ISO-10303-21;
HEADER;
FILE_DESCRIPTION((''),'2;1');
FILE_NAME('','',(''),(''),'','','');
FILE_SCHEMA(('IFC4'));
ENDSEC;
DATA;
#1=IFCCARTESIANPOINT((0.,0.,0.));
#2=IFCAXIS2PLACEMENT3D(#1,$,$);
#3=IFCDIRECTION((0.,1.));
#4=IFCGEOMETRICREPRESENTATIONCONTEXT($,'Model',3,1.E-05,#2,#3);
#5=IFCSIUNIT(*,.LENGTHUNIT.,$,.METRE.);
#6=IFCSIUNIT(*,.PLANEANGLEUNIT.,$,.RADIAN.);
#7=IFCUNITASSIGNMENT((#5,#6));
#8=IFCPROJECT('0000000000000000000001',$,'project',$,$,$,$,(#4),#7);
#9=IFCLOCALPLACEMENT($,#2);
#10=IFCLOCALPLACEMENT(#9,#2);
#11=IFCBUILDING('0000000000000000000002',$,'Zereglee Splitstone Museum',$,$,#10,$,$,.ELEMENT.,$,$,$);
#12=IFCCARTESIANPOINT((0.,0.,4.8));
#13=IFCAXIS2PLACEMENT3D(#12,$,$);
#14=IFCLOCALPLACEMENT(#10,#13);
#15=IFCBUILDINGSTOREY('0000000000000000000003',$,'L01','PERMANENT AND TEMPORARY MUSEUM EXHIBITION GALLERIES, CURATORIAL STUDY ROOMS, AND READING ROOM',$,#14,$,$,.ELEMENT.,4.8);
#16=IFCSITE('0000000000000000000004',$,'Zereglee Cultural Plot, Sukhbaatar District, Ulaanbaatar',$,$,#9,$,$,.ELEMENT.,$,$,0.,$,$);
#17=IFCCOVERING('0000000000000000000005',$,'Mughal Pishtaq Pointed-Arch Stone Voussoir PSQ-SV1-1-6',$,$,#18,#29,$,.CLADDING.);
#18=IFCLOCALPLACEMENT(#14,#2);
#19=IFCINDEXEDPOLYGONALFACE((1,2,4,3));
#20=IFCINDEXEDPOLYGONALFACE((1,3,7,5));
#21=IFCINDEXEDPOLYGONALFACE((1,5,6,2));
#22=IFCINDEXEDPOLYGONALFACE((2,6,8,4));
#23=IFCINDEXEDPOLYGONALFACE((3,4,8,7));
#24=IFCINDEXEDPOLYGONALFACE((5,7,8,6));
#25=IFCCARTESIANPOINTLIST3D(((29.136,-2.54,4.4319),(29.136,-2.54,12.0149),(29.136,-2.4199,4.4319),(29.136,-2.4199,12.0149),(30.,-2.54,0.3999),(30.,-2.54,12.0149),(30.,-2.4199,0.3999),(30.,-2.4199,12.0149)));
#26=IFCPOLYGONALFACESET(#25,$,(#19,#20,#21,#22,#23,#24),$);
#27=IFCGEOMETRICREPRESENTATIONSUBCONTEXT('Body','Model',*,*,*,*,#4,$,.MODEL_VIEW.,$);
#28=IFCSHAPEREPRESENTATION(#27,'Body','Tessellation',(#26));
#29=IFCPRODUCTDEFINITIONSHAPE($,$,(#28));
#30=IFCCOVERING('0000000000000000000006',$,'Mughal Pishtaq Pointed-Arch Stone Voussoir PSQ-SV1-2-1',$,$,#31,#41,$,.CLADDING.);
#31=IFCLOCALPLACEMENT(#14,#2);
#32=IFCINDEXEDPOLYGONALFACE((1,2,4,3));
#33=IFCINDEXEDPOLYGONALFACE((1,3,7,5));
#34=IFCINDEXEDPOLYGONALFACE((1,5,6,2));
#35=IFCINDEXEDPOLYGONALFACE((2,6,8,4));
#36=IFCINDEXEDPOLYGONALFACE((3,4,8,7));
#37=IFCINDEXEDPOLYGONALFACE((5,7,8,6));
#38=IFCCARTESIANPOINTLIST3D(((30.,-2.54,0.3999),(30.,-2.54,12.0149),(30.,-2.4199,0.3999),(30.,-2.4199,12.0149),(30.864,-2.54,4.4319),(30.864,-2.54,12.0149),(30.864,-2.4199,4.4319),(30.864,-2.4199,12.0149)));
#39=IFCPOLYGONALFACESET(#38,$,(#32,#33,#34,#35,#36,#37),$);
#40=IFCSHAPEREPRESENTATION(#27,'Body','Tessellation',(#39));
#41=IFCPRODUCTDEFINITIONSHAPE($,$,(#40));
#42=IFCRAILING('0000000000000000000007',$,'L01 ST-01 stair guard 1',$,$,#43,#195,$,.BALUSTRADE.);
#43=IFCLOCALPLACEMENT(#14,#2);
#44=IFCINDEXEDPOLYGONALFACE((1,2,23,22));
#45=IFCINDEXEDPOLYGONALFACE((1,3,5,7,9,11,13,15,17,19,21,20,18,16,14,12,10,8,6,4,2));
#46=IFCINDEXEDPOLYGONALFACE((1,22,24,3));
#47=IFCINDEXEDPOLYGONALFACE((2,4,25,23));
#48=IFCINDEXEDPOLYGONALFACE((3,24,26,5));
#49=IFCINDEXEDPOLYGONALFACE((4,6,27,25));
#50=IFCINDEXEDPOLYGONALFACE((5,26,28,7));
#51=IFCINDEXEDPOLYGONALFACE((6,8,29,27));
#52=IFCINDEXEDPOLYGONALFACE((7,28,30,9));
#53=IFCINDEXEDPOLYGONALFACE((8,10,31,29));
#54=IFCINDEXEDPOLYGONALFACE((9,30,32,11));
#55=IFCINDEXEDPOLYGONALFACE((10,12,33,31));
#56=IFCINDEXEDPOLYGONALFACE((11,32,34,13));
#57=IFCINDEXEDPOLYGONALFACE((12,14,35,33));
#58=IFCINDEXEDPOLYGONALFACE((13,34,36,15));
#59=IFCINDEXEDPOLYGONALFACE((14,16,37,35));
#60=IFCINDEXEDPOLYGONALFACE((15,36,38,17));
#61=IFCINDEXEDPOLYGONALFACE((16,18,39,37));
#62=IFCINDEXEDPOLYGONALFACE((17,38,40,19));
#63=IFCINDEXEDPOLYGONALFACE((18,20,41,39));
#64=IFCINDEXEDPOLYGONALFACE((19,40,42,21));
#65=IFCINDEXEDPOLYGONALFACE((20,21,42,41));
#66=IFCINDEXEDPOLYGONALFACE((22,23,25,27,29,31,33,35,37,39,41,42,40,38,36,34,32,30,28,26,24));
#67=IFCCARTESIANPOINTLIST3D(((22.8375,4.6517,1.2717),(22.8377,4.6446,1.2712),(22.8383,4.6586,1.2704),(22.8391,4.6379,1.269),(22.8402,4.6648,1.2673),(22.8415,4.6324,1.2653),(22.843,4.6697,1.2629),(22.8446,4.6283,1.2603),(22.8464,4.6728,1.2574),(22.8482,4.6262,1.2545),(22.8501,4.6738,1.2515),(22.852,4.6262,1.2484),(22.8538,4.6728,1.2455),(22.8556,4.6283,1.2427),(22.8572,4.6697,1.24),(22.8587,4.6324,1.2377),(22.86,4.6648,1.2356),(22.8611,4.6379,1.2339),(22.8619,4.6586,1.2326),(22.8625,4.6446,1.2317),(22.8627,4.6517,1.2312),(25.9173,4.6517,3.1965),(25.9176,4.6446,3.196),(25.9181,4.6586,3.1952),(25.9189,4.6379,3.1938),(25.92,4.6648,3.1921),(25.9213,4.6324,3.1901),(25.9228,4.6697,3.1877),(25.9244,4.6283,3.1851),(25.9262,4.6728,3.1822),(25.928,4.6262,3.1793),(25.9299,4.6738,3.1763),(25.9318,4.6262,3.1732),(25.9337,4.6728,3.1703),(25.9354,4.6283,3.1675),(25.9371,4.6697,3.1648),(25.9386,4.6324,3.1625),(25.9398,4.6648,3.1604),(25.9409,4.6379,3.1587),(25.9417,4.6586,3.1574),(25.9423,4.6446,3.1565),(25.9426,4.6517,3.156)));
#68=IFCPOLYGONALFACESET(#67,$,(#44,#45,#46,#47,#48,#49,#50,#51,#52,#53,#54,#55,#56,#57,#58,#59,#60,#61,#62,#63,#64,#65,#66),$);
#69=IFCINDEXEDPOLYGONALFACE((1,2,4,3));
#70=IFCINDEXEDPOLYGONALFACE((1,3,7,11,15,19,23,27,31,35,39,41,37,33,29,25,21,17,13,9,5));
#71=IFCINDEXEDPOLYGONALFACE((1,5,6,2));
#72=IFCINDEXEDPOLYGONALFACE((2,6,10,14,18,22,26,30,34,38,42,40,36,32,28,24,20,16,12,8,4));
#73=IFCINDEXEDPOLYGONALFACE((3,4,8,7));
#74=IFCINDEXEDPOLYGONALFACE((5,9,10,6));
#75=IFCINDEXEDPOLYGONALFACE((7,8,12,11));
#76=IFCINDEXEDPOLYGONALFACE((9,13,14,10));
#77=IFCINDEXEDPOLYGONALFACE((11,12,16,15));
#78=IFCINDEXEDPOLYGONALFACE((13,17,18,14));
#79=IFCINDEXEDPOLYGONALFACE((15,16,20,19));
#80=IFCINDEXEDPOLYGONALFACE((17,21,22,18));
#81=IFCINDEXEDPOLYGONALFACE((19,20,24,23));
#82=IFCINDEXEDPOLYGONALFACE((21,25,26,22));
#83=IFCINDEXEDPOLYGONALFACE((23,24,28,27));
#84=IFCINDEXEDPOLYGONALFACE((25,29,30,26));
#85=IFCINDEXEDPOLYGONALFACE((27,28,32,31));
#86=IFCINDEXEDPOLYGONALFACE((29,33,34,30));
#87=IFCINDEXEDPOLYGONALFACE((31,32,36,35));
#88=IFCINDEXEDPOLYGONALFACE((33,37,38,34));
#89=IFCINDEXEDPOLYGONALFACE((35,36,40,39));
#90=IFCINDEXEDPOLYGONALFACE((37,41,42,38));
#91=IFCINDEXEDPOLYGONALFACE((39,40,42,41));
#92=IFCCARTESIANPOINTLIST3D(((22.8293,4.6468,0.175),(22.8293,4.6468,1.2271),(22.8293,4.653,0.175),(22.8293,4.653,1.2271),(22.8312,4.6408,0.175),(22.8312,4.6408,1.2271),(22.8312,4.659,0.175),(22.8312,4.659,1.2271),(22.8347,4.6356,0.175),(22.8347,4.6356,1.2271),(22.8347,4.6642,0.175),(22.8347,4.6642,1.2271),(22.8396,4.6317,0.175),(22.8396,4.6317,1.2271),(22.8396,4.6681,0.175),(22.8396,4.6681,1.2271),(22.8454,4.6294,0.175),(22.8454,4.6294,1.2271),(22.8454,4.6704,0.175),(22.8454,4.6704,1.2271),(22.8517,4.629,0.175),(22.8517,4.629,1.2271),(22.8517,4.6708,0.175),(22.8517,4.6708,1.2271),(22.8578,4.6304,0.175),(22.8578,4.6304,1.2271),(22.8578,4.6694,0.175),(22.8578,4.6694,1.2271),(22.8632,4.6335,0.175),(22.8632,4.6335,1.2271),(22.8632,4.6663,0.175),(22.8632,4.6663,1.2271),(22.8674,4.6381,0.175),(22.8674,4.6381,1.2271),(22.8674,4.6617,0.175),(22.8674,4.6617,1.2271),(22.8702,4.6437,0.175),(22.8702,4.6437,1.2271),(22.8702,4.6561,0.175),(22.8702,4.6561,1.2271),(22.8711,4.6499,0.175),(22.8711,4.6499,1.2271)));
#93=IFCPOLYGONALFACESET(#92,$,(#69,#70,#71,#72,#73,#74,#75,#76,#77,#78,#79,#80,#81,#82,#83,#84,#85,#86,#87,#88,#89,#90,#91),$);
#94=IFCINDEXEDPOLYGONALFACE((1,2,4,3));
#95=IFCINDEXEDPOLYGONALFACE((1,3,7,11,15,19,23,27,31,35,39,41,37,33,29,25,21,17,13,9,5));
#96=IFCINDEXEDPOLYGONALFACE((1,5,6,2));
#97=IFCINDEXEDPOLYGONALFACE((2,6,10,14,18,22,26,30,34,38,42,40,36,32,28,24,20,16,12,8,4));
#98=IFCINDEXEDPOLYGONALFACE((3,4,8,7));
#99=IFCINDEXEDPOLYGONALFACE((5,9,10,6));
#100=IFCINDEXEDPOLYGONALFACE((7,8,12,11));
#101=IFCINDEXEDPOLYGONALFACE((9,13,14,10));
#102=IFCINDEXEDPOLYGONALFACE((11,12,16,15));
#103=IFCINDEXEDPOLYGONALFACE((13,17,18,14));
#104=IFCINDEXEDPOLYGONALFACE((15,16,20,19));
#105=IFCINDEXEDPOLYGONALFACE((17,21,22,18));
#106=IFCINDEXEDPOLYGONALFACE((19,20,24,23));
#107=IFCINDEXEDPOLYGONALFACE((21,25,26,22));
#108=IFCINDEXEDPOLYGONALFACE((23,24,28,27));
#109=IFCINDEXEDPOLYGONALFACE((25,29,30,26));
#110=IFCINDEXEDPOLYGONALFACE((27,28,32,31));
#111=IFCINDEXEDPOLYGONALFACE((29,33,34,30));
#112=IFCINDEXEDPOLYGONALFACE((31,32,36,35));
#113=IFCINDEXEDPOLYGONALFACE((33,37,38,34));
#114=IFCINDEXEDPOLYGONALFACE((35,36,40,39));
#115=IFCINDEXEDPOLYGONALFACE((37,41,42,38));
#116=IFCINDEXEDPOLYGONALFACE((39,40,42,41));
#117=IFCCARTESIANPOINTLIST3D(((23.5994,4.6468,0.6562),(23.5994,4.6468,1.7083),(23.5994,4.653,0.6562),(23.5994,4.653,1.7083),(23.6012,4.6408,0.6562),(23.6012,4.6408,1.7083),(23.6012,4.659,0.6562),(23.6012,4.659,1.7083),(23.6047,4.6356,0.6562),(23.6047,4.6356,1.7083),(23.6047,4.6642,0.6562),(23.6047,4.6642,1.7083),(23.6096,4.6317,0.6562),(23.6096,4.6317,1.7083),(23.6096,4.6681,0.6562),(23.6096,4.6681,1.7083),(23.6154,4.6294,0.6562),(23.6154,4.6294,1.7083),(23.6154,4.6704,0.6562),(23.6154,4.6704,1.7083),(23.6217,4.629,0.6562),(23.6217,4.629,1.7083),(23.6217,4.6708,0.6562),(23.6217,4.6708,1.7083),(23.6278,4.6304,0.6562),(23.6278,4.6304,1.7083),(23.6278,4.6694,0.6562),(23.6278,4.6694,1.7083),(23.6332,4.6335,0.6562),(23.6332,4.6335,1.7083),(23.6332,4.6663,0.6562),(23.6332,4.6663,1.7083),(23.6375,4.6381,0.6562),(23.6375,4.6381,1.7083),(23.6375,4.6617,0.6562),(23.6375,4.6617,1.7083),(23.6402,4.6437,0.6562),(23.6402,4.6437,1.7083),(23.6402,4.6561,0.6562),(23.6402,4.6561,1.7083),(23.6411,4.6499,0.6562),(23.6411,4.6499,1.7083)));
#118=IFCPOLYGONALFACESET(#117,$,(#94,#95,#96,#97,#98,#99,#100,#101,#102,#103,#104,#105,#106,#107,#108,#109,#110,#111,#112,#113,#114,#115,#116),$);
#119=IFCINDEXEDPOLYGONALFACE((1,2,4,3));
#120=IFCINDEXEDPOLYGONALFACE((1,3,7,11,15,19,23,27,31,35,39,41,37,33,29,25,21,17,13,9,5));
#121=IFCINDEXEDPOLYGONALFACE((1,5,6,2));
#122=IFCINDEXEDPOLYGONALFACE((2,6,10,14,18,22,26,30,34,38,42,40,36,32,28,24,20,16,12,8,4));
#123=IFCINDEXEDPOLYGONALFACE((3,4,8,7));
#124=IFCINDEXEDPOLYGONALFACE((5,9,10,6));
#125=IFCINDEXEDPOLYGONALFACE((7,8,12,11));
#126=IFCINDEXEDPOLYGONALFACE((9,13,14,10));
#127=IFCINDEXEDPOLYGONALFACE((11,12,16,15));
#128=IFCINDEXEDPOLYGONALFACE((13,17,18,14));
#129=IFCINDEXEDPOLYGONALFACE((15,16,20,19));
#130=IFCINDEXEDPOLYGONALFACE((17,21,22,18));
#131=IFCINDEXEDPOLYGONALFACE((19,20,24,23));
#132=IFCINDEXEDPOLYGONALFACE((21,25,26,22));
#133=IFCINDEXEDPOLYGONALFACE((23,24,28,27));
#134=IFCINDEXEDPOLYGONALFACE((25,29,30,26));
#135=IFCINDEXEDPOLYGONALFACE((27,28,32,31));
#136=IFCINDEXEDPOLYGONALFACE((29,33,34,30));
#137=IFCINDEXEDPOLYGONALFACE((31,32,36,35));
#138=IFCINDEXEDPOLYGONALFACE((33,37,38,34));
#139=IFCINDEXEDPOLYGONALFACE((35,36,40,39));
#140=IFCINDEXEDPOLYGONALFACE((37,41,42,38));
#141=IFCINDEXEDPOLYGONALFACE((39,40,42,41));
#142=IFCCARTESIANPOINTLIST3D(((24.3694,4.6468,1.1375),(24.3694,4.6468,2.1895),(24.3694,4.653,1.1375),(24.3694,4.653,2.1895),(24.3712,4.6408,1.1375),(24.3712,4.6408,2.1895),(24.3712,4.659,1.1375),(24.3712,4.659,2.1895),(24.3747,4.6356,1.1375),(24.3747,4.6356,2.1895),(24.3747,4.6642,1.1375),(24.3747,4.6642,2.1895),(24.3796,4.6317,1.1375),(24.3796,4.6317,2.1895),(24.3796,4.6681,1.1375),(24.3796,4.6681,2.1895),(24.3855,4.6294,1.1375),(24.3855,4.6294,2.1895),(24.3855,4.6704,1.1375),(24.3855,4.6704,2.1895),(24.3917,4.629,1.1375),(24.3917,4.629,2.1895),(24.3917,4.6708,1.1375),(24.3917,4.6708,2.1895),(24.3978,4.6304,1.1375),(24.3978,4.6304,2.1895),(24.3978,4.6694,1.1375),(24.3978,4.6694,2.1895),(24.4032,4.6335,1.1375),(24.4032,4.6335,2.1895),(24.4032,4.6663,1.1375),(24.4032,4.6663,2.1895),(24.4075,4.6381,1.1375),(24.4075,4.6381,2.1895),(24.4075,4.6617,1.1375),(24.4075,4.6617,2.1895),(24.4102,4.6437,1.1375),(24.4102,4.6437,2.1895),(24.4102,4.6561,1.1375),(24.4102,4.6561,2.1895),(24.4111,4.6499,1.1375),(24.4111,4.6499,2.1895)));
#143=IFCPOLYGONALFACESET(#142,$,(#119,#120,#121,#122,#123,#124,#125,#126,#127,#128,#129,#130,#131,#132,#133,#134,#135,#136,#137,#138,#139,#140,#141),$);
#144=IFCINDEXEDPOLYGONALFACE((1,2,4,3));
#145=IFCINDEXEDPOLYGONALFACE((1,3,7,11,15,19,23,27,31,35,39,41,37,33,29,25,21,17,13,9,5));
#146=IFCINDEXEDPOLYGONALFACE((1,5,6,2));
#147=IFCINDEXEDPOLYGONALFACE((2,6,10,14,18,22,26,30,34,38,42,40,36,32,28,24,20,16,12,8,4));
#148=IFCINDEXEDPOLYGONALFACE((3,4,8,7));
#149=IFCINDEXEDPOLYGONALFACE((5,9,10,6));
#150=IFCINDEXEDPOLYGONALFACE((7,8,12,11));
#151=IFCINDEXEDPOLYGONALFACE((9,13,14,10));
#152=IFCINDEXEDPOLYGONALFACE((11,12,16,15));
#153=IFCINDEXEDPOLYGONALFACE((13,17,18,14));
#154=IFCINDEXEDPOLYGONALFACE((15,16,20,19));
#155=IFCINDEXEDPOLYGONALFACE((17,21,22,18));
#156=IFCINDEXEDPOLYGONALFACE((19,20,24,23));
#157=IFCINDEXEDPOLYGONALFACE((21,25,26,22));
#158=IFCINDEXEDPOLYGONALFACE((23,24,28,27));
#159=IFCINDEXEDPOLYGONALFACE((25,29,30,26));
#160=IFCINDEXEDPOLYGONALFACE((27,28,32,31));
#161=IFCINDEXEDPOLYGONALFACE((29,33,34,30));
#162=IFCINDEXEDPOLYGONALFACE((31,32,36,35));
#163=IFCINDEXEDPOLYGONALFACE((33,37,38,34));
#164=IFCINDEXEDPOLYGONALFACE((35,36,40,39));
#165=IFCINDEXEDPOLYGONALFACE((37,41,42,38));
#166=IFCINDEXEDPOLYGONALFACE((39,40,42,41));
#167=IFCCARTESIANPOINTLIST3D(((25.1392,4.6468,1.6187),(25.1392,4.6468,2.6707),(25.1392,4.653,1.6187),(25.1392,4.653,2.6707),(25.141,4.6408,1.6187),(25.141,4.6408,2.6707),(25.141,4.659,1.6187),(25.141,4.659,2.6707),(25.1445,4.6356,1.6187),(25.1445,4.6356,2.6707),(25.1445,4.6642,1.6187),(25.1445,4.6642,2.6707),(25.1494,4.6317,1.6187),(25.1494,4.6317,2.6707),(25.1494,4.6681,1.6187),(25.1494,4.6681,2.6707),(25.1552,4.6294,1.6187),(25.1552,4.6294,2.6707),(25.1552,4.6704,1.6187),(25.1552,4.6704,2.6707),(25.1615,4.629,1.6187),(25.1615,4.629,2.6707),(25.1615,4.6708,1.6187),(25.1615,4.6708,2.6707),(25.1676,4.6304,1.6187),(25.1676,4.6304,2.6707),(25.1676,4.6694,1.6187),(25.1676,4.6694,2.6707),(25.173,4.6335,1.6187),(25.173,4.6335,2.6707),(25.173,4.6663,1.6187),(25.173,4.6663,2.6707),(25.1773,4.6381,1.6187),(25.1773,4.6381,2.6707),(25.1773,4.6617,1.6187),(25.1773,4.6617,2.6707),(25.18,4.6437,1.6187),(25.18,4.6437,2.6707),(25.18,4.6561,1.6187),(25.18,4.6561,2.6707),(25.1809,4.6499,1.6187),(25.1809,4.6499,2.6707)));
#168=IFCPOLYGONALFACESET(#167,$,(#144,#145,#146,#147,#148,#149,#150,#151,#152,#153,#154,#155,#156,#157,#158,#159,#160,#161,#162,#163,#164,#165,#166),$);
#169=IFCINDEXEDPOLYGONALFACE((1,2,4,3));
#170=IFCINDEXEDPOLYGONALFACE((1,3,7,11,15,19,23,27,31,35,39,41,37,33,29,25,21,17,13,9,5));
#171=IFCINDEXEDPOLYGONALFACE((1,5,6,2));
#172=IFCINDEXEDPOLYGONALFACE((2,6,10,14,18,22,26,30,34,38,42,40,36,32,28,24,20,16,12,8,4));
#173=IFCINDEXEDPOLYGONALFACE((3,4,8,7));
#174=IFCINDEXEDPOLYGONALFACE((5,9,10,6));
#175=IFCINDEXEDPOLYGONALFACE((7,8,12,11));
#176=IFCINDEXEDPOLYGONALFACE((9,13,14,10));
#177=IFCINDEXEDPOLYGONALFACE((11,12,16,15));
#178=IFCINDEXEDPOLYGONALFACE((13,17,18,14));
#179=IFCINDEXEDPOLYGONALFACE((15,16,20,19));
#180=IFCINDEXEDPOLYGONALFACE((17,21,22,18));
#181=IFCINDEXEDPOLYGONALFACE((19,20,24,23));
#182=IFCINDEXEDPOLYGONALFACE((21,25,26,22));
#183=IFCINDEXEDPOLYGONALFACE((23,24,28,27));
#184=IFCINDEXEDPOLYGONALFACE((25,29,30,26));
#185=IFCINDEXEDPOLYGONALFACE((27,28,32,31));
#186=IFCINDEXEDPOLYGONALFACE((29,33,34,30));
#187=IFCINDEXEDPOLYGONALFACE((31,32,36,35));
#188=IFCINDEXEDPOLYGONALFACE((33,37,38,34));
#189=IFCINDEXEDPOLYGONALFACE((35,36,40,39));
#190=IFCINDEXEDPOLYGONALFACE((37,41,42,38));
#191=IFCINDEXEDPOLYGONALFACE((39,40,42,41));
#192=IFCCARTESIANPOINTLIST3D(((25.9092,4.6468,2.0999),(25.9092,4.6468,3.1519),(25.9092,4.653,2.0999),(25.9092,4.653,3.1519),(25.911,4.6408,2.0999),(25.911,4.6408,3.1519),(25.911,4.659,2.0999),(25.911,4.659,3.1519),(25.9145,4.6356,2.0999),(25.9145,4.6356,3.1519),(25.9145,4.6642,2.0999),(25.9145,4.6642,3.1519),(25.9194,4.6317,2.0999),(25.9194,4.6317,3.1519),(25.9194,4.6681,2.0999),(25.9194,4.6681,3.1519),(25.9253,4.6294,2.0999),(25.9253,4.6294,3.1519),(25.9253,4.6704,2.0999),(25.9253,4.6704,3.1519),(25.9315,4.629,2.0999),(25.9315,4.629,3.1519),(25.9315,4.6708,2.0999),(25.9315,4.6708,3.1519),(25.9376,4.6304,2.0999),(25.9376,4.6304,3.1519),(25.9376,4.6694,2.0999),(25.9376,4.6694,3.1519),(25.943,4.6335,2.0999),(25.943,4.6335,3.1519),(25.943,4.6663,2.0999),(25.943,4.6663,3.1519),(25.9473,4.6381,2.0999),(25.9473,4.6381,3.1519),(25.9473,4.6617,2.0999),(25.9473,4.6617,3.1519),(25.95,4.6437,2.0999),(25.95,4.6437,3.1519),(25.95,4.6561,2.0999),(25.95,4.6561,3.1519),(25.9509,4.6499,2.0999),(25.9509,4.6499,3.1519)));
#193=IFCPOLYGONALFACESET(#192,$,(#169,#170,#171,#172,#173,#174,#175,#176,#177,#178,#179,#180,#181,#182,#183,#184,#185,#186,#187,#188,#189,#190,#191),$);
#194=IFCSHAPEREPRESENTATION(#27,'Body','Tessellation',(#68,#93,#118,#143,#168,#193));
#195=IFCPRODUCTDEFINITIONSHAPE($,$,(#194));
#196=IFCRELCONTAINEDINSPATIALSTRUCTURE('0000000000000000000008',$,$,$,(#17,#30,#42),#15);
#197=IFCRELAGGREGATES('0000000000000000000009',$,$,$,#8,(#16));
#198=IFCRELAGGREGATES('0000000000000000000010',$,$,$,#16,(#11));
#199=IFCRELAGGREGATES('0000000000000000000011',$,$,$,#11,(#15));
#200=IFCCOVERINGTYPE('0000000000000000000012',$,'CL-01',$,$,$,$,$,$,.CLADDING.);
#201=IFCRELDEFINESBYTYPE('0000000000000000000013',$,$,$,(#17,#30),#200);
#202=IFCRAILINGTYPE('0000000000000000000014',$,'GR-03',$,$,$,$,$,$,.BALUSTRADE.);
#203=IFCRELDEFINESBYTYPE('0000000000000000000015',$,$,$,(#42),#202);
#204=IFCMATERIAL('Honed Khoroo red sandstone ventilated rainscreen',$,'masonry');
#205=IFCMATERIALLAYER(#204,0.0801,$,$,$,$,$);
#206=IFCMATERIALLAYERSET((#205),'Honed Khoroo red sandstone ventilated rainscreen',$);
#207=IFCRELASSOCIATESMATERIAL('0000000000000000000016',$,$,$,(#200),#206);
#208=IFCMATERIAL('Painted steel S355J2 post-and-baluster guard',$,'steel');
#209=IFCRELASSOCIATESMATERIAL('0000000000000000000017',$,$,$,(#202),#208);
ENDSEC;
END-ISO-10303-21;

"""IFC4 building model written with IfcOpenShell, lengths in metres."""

from ifc_helpers import new_model, si_unit, direction, frame, origin, origin_2d, place, context, subcontext, project, spatial, polyline, circle, outline, extrude, material, layer, layer_set, type_object, element, save


model = new_model("IFC4")

# Units and contexts
model_context = context("Model", 3, precision=1e-05, world=origin(), true_north=direction((0.0, 1.0)))
body_context = subcontext(model_context, "Body", "Model", "MODEL_VIEW")
ifc_project = project(units=[si_unit("LENGTHUNIT", "METRE"), si_unit("PLANEANGLEUNIT", "RADIAN")], contexts=[model_context])

# Site, building, storey
site_placement = place(None, origin())
site = spatial("IfcSite", under=ifc_project, at=site_placement, Name="Zereglee Cultural Plot, Sukhbaatar District, Ulaanbaatar", CompositionType="ELEMENT", RefElevation=0.0)
building_placement = place(site_placement, origin())
building = spatial("IfcBuilding", under=site, at=building_placement, Name="Zereglee Splitstone Museum", CompositionType="ELEMENT")
storey_placement = place(building_placement, frame((0.0, 0.0, 4.8)))
storey = spatial("IfcBuildingStorey", under=building, at=storey_placement, Name="L01", Description="PERMANENT AND TEMPORARY MUSEUM EXHIBITION GALLERIES, CURATORIAL STUDY ROOMS, AND READING ROOM", CompositionType="ELEMENT", Elevation=4.8)

# Coverings
ifc_material_1 = material(Name="Honed Khoroo red sandstone ventilated rainscreen", Category="masonry")
ifc_layer_1 = layer(ifc_material_1, 0.0801)
ifc_layer_set_1 = layer_set([ifc_layer_1], Name="Honed Khoroo red sandstone ventilated rainscreen")
covering_type_1 = type_object("IfcCoveringType", Name="CL-01", PredefinedType="CLADDING", material=ifc_layer_set_1)
covering_1_placement = place(storey_placement, frame((29.136, -2.54, 4.4319), z_axis=(0.0, -1.0, 0.0), x_axis=(0.209533, 0.0, -0.977802)))
element("IfcCovering", 1, at=covering_1_placement, inside=storey, type_object=covering_type_1, Name="Mughal Pishtaq Pointed-Arch Stone Voussoir PSQ-SV1-1-6", PredefinedType="CLADDING", context=body_context, shape_type="SweptSolid", body=[
    extrude(outline(polyline([(0.0, 0.0), (4.1235, 0.0), (-7.2336, 2.4337), (-7.4147, 1.5889), (0.0, 0.0)])), origin(), (0.0, 0.0, -1.0), 0.1201),
])
covering_2_placement = place(storey_placement, frame((30.0, -2.54, 0.3999), z_axis=(0.0, -1.0, 0.0), x_axis=(0.209533, 0.0, 0.977802)))
element("IfcCovering", 2, at=covering_2_placement, inside=storey, type_object=covering_type_1, Name="Mughal Pishtaq Pointed-Arch Stone Voussoir PSQ-SV1-2-1", PredefinedType="CLADDING", context=body_context, shape_type="SweptSolid", body=[
    extrude(outline(polyline([(0.0, 0.0), (4.1235, 0.0), (11.5382, 1.5889), (11.3572, 2.4337), (0.0, 0.0)])), origin(), (0.0, 0.0, -1.0), 0.1201),
])

# Railing
ifc_material_2 = material(Name="Painted steel S355J2 post-and-baluster guard", Category="steel")
railing_type_1 = type_object("IfcRailingType", Name="GR-03", PredefinedType="BALUSTRADE", material=ifc_material_2)
railing_1_placement = place(storey_placement, frame((22.8501, 4.6499, 0.175)))
element("IfcRailing", 3, at=railing_1_placement, inside=storey, type_object=railing_type_1, Name="L01 ST-01 stair guard 1", PredefinedType="BALUSTRADE", context=body_context, shape_type="SweptSolid", body=[
    extrude(circle(Radius=0.0239, at=origin_2d()), frame((0.0, 0.0, 1.0764), z_axis=(0.84801, 0.0, 0.529981), x_axis=(0.0, 1.0, 0.0)), (0.0, 0.0, 1.0), 3.6318),
    extrude(circle(Radius=0.021, at=origin_2d()), origin(), (0.0, 0.0, 1.0), 1.052),
    extrude(circle(Radius=0.021, at=origin_2d()), frame((0.77, 0.0, 0.4812)), (0.0, 0.0, 1.0), 1.052),
    extrude(circle(Radius=0.021, at=origin_2d()), frame((1.54, 0.0, 0.9624)), (0.0, 0.0, 1.0), 1.052),
    extrude(circle(Radius=0.021, at=origin_2d()), frame((2.3098, 0.0, 1.4436)), (0.0, 0.0, 1.0), 1.052),
    extrude(circle(Radius=0.021, at=origin_2d()), frame((3.0798, 0.0, 1.9248)), (0.0, 0.0, 1.0), 1.052),
])

save(model, "model.ifc")
